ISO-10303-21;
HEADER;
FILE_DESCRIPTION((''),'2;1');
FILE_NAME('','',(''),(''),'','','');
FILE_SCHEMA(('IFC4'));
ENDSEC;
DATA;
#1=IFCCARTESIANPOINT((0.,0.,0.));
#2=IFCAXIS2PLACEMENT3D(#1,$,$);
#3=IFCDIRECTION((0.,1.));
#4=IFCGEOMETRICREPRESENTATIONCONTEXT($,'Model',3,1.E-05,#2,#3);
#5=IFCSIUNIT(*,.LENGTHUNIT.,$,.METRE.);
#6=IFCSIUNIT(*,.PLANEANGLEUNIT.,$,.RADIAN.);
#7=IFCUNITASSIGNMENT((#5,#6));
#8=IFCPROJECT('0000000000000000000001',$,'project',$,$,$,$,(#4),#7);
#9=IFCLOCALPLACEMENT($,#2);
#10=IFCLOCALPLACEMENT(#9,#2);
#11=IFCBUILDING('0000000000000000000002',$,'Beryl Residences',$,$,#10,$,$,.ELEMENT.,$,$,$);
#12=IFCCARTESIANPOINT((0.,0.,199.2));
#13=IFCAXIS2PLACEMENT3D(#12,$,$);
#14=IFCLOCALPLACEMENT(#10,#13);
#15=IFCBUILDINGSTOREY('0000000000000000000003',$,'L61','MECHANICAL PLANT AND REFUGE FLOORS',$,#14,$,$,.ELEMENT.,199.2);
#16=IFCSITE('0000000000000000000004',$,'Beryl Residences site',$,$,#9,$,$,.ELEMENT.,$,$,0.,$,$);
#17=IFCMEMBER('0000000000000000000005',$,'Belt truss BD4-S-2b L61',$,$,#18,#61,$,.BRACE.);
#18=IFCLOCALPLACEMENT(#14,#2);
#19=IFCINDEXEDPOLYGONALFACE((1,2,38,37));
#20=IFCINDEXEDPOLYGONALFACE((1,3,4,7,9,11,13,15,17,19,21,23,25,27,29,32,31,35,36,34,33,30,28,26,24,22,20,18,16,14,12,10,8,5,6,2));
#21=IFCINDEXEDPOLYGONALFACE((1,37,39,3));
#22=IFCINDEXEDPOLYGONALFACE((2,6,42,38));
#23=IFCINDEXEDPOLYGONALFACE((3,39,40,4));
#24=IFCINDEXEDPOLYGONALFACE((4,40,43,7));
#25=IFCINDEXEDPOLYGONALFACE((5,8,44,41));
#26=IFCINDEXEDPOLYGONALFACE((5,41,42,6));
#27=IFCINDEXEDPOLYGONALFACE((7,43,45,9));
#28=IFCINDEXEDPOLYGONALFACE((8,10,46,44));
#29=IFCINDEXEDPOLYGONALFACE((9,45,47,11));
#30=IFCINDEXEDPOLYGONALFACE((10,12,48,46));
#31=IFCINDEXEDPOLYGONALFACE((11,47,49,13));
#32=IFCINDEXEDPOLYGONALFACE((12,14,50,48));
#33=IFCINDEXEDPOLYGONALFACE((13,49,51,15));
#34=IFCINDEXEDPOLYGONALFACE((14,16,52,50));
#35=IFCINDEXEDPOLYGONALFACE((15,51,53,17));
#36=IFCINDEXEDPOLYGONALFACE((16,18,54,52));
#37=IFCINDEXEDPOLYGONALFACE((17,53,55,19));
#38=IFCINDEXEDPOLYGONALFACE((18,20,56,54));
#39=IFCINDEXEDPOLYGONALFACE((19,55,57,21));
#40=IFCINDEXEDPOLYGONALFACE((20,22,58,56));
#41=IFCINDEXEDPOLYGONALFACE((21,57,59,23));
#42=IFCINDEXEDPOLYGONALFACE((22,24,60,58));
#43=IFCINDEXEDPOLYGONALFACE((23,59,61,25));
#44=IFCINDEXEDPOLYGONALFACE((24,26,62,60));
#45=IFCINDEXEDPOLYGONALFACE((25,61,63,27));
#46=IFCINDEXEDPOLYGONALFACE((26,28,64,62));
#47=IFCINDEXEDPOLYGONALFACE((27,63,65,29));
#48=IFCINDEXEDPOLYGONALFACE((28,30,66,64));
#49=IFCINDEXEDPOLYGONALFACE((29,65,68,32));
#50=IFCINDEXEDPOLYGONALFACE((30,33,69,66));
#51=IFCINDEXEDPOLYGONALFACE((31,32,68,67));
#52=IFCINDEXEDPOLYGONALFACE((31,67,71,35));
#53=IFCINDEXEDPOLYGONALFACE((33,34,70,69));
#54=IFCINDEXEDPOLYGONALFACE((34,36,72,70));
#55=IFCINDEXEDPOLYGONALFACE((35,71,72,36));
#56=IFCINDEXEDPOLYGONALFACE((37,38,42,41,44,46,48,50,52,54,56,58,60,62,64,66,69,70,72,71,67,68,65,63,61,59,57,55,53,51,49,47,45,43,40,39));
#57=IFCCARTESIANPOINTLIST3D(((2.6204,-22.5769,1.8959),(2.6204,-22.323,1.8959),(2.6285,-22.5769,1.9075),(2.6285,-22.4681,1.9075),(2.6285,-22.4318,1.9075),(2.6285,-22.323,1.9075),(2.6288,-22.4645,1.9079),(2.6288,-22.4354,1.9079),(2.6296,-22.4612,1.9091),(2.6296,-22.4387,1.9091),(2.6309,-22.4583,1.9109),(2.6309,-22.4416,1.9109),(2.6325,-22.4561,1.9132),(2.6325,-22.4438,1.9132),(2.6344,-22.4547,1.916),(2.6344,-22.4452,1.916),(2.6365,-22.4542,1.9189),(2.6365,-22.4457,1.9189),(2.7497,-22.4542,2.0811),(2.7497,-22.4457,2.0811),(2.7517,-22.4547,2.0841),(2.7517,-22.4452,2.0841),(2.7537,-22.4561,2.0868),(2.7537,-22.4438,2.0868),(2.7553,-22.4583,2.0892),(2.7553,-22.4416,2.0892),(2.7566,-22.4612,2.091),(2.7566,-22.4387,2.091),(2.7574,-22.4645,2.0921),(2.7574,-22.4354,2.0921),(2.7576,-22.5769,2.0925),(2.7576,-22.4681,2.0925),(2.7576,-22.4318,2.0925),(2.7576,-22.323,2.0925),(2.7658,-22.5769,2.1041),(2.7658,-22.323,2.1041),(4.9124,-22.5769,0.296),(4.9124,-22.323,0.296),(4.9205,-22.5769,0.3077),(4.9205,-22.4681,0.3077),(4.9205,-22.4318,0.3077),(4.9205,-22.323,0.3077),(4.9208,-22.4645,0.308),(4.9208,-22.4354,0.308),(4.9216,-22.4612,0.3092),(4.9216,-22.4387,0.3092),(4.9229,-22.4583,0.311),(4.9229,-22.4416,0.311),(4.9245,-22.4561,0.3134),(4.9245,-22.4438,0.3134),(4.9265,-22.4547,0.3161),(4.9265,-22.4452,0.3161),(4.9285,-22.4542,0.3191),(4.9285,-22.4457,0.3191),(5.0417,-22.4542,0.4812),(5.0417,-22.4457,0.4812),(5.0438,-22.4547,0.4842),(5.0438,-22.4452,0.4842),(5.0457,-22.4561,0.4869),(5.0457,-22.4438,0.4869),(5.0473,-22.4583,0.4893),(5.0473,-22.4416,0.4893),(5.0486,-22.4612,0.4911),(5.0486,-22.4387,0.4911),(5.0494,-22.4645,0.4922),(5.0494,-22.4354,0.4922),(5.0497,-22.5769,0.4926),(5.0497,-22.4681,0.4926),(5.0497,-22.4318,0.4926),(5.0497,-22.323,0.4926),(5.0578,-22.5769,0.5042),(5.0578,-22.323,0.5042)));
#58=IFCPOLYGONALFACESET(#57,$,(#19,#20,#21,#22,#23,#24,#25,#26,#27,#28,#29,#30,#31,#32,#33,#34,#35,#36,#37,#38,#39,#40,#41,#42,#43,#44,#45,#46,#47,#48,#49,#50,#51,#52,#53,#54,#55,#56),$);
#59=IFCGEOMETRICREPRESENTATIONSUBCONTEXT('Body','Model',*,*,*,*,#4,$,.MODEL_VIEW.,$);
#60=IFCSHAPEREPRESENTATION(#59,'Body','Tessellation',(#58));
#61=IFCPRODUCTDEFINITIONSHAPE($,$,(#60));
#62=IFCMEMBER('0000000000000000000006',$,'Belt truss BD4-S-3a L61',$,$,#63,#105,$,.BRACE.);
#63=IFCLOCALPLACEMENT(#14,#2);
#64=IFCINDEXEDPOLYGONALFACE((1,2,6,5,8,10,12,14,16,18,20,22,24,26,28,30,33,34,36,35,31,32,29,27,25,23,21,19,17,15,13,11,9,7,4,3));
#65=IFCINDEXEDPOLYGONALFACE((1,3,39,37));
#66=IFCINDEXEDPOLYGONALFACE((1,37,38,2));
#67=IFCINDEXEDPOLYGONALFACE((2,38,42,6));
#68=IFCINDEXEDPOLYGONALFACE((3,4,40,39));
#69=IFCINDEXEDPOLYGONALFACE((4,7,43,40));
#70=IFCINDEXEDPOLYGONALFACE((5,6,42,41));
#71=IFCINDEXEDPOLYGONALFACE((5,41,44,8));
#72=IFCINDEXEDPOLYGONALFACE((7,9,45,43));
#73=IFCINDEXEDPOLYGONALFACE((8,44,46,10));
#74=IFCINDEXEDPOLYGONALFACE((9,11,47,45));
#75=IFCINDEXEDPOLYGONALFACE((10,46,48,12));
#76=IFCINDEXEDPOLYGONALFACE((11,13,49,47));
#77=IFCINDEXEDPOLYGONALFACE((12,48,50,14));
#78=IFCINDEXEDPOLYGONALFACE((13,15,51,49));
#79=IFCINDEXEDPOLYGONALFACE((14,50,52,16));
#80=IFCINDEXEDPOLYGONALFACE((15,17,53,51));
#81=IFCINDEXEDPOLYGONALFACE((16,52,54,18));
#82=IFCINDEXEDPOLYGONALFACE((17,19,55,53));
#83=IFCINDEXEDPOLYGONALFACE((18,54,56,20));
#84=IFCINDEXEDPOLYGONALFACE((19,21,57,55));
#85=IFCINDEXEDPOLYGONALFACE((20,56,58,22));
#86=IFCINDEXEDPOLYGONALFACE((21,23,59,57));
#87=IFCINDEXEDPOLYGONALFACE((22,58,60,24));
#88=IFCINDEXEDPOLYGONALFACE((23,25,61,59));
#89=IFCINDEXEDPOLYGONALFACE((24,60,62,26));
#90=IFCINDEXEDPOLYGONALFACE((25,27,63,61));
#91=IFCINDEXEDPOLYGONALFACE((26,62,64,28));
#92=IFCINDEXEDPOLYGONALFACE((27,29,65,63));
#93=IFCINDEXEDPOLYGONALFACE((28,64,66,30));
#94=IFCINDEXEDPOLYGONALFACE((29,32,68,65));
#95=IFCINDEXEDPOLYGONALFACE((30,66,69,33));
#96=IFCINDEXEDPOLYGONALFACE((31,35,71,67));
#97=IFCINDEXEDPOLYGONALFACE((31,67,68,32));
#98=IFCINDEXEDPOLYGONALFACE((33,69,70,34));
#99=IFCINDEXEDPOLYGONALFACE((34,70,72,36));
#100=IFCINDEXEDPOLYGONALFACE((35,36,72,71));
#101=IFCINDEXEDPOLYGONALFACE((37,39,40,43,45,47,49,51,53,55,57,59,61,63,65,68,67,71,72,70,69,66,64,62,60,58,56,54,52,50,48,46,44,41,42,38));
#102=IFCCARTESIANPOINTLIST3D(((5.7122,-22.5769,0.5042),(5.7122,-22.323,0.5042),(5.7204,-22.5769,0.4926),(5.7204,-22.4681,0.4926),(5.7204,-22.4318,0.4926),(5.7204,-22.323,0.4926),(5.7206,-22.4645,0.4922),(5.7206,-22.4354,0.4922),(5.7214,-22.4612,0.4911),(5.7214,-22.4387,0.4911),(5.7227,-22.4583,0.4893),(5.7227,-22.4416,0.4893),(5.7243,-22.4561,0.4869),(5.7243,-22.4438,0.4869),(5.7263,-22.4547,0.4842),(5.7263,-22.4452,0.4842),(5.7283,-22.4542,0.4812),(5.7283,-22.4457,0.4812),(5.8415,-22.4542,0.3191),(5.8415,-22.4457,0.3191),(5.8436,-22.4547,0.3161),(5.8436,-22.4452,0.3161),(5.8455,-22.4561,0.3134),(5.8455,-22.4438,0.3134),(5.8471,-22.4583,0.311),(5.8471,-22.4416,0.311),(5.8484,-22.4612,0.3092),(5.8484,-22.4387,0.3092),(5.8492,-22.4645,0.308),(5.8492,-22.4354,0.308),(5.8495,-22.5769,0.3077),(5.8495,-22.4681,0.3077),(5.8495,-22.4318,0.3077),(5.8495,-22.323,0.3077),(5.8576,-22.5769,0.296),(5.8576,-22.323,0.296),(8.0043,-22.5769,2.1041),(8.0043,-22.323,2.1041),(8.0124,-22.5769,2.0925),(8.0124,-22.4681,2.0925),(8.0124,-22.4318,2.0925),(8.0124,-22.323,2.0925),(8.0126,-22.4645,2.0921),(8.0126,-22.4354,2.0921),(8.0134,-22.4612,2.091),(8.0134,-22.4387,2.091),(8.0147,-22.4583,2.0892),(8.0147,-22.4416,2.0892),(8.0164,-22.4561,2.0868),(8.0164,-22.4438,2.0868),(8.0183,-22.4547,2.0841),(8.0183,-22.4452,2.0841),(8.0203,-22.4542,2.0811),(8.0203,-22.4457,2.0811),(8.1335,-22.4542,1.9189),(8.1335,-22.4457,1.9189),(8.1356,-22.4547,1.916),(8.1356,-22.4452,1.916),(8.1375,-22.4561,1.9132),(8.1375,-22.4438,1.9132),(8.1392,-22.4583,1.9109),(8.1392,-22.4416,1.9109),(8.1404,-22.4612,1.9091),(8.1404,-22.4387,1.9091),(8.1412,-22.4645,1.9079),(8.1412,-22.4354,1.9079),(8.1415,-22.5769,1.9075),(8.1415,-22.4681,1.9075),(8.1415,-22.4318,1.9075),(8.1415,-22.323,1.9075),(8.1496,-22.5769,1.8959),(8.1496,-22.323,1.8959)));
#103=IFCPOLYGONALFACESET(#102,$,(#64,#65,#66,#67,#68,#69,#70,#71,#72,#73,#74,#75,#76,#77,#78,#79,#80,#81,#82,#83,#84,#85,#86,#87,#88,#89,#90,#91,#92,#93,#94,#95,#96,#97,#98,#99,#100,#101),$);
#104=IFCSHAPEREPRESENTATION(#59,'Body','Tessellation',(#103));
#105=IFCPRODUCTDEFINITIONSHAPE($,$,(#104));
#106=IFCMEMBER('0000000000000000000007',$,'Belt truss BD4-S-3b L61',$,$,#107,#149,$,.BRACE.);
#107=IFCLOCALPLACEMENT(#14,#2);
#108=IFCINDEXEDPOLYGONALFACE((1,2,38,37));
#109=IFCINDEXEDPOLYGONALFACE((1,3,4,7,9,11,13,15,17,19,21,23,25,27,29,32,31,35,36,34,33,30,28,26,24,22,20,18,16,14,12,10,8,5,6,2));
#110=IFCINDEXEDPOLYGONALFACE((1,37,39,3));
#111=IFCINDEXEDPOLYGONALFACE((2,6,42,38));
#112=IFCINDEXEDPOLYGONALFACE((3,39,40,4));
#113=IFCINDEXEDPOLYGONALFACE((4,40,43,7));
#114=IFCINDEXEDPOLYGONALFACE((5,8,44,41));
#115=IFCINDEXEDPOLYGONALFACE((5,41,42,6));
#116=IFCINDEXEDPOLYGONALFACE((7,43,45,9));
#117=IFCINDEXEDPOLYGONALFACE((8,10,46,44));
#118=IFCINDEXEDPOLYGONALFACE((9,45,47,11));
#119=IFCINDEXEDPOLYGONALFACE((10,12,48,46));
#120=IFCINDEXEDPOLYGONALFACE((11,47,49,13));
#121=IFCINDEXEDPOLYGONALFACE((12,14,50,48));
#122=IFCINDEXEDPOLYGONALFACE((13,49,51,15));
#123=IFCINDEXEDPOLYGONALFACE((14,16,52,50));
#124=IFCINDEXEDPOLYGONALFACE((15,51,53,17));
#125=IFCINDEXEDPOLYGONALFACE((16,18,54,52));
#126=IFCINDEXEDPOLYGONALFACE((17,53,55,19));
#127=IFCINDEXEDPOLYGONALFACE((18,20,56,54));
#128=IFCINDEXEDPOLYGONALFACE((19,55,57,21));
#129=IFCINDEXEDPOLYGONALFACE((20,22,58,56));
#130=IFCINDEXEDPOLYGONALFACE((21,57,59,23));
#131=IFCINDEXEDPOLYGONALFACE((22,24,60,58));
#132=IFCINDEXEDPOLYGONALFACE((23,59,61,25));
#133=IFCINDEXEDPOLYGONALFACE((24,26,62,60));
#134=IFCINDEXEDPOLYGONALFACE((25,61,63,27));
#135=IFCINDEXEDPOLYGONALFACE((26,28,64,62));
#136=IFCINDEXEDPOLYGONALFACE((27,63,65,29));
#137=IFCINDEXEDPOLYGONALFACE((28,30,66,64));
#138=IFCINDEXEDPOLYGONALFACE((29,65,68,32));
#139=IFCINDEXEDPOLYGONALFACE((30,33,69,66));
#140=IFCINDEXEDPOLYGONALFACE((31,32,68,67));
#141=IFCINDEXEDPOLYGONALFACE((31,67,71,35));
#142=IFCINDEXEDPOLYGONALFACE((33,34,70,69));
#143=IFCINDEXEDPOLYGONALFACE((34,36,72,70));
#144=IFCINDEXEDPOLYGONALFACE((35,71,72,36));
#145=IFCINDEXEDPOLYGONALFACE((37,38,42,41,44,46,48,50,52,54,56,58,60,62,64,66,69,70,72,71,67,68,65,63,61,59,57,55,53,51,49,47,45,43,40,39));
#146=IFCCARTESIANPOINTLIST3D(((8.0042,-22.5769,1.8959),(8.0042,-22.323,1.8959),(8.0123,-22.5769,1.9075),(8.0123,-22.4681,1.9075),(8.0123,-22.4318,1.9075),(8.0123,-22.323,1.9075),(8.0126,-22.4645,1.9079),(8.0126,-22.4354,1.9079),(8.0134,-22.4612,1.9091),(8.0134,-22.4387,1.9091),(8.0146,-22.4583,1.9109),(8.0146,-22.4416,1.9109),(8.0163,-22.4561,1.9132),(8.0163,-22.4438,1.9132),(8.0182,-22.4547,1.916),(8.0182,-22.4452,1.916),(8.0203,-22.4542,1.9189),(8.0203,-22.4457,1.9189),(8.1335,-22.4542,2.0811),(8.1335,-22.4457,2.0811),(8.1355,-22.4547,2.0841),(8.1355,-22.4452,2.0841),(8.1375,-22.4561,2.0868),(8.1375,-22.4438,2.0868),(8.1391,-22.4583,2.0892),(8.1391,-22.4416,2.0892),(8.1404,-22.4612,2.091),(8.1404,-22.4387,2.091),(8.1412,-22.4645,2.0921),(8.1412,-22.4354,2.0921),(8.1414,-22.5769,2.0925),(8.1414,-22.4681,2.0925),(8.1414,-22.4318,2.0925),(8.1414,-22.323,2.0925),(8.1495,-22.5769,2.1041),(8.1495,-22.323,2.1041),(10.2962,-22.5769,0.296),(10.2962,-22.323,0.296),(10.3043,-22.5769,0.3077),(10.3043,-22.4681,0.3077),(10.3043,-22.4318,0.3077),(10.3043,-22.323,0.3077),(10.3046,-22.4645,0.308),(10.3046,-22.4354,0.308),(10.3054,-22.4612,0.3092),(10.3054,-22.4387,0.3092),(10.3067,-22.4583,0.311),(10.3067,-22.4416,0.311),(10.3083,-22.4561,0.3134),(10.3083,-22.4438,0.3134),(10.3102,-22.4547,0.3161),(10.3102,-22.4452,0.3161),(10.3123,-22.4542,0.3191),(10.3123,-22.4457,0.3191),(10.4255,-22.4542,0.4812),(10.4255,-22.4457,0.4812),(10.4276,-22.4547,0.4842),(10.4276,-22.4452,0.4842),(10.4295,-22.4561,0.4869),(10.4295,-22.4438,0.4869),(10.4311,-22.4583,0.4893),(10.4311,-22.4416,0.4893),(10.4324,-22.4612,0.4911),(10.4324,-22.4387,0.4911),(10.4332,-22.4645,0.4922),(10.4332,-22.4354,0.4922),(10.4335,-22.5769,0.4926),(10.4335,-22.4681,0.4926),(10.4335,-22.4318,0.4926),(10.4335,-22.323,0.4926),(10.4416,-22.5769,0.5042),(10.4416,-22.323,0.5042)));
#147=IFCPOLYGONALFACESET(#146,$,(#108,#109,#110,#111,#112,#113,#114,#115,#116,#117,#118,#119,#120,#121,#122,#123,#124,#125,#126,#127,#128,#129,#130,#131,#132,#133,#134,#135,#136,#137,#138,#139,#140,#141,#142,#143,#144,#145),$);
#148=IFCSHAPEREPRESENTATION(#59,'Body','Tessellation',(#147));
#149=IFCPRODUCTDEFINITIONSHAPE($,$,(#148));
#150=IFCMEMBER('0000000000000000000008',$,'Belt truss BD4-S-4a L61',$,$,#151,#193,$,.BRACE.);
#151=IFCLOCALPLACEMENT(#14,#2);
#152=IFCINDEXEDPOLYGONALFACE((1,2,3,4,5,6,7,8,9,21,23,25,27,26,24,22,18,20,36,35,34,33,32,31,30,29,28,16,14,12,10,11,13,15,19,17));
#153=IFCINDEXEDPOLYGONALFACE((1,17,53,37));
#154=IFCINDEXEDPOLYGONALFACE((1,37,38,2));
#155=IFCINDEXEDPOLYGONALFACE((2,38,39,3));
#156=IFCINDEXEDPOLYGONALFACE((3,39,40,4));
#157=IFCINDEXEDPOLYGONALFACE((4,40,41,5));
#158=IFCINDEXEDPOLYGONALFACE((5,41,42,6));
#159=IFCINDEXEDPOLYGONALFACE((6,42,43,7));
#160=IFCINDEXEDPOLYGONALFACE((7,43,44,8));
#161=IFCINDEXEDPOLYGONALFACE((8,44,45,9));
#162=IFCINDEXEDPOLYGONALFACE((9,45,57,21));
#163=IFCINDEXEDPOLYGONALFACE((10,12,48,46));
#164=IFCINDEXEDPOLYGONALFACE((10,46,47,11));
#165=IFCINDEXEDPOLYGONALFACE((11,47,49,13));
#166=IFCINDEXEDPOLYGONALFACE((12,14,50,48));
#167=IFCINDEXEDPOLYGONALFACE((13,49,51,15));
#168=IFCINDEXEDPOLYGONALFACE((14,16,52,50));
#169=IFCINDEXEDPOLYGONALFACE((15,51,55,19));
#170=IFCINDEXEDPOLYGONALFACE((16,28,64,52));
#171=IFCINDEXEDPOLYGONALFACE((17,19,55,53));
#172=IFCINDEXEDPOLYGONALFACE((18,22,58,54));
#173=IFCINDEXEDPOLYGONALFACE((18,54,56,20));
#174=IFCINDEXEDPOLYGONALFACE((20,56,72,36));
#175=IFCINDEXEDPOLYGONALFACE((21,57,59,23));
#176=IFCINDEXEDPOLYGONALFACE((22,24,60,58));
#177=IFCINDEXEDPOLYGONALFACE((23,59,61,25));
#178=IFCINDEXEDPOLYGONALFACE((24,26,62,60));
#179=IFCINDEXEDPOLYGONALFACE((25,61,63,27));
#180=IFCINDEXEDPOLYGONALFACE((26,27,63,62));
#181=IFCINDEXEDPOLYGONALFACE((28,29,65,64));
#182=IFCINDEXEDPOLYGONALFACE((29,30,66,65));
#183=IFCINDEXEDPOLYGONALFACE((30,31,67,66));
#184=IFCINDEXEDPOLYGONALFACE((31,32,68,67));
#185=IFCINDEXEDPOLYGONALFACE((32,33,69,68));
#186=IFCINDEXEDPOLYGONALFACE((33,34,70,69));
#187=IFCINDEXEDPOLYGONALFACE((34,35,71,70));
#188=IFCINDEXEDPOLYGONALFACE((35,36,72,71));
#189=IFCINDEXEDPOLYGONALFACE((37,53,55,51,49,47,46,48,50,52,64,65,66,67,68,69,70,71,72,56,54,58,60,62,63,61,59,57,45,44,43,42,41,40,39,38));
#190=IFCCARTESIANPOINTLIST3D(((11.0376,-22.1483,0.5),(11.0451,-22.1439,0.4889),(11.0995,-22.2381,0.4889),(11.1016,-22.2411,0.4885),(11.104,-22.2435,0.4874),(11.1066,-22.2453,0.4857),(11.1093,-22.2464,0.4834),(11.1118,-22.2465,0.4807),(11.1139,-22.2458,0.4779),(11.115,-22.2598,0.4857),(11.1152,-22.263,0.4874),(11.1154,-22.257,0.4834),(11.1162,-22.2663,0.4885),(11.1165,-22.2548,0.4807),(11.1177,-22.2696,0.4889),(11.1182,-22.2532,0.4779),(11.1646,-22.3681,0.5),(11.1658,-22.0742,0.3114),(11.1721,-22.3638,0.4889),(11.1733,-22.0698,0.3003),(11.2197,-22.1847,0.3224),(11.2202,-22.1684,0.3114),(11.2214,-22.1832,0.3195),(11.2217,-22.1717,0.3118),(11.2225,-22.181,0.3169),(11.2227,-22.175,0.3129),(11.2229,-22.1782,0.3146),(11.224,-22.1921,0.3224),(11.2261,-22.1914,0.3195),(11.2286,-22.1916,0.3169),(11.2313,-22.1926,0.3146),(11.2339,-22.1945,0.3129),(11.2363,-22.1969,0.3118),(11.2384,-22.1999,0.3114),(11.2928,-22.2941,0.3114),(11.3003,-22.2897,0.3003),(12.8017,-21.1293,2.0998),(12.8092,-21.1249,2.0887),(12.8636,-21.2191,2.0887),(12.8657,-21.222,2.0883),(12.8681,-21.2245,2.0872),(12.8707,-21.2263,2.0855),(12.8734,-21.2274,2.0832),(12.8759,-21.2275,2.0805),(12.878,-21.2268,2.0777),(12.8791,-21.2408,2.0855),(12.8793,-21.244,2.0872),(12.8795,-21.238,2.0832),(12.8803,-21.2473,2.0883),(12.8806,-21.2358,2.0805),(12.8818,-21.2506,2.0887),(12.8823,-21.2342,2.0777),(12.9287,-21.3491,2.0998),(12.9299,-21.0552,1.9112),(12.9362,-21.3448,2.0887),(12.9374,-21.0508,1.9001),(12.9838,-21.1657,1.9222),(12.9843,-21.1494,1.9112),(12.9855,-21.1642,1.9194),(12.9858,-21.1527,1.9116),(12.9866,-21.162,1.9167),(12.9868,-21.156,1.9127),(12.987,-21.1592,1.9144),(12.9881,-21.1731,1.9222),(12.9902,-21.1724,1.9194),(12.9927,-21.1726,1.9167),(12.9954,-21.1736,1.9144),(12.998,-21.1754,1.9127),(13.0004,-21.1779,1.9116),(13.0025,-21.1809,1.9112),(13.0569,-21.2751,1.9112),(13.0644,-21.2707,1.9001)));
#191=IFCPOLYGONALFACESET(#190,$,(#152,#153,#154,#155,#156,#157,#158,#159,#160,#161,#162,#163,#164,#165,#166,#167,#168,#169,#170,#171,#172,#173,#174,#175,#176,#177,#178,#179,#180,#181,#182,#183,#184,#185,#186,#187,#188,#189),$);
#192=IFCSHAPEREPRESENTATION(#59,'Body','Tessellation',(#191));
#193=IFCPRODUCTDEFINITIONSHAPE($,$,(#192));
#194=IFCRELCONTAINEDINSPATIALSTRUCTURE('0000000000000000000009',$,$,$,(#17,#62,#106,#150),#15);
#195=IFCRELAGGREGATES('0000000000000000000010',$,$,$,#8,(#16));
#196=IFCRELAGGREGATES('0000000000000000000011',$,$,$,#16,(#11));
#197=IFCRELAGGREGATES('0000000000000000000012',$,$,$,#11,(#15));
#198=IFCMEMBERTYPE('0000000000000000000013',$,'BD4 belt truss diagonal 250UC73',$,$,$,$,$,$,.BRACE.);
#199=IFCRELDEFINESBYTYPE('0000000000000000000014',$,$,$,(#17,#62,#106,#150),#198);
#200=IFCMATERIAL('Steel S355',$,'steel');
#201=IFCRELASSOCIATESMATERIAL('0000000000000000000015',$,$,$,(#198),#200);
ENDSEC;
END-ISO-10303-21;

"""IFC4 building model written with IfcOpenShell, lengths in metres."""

from ifc_helpers import new_model, si_unit, direction, frame, origin, origin_2d, place, context, subcontext, project, spatial, i_section, extrude, material, material_profile, profile_set, type_object, element, save


model = new_model("IFC4")

# Units and contexts
model_context = context("Model", 3, precision=1e-05, world=origin(), true_north=direction((0.0, 1.0)))
body_context = subcontext(model_context, "Body", "Model", "MODEL_VIEW")
ifc_project = project(units=[si_unit("LENGTHUNIT", "METRE"), si_unit("PLANEANGLEUNIT", "RADIAN")], contexts=[model_context])

# Site, building, storey
site_placement = place(None, origin())
site = spatial("IfcSite", under=ifc_project, at=site_placement, Name="Beryl Residences site", CompositionType="ELEMENT", RefElevation=0.0)
building_placement = place(site_placement, origin())
building = spatial("IfcBuilding", under=site, at=building_placement, Name="Beryl Residences", CompositionType="ELEMENT")
storey_placement = place(building_placement, frame((0.0, 0.0, 199.2)))
storey = spatial("IfcBuildingStorey", under=building, at=storey_placement, Name="L61", Description="MECHANICAL PLANT AND REFUGE FLOORS", CompositionType="ELEMENT", Elevation=199.2)

# Members
ifc_material_1 = material(Name="Steel S355", Category="steel")
ifc_material_profile_1 = material_profile(ifc_material_1, i_section(OverallWidth=0.2539, OverallDepth=0.2539, WebThickness=0.0085, FlangeThickness=0.0142, FilletRadius=0.0139, at=origin_2d()))
ifc_profile_set_1 = profile_set([ifc_material_profile_1], Name="Steel S355")
member_type_1 = type_object("IfcMemberType", Name="BD4 belt truss diagonal 250UC73", PredefinedType="BRACE", material=ifc_profile_set_1)
for number, where, z_axis, x_axis, name in (
    (1, (4.9851, -22.45, 0.4001), (-0.819994, 0.0, 0.572371), (0.0, -1.0, 0.0), "Belt truss BD4-S-2b L61"),
    (2, (5.7849, -22.45, 0.4001), (0.819994, 0.0, 0.572371), (0.0, 1.0, 0.0), "Belt truss BD4-S-3a L61"),
    (3, (10.3689, -22.45, 0.4001), (-0.819994, 0.0, 0.572371), (0.0, -1.0, 0.0), "Belt truss BD4-S-3b L61"),
):
    element("IfcMember", number, at=place(storey_placement, frame(where, z_axis=z_axis, x_axis=x_axis)), inside=storey, type_object=member_type_1, Name=name, PredefinedType="BRACE", context=body_context, shape_type="SweptSolid", body=[
        extrude(i_section(OverallWidth=0.2539, OverallDepth=0.2539, WebThickness=0.0085, FlangeThickness=0.0142, FilletRadius=0.0139, at=origin_2d()), origin(), (0.0, 0.0, 1.0), 2.7952),
    ])
member_1_placement = place(storey_placement, frame((11.1689, -22.219, 0.4001), z_axis=(0.681034, 0.39339, 0.617606), x_axis=(-0.500186, 0.865918, 0.0)))
element("IfcMember", 4, at=member_1_placement, inside=storey, type_object=member_type_1, Name="Belt truss BD4-S-4a L61", PredefinedType="BRACE", context=body_context, shape_type="SweptSolid", body=[
    extrude(i_section(OverallWidth=0.2539, OverallDepth=0.2539, WebThickness=0.0085, FlangeThickness=0.0142, FilletRadius=0.0139, at=origin_2d()), origin(), (0.0, 0.0, 1.0), 2.5903),
])

save(model, "model.ifc")
